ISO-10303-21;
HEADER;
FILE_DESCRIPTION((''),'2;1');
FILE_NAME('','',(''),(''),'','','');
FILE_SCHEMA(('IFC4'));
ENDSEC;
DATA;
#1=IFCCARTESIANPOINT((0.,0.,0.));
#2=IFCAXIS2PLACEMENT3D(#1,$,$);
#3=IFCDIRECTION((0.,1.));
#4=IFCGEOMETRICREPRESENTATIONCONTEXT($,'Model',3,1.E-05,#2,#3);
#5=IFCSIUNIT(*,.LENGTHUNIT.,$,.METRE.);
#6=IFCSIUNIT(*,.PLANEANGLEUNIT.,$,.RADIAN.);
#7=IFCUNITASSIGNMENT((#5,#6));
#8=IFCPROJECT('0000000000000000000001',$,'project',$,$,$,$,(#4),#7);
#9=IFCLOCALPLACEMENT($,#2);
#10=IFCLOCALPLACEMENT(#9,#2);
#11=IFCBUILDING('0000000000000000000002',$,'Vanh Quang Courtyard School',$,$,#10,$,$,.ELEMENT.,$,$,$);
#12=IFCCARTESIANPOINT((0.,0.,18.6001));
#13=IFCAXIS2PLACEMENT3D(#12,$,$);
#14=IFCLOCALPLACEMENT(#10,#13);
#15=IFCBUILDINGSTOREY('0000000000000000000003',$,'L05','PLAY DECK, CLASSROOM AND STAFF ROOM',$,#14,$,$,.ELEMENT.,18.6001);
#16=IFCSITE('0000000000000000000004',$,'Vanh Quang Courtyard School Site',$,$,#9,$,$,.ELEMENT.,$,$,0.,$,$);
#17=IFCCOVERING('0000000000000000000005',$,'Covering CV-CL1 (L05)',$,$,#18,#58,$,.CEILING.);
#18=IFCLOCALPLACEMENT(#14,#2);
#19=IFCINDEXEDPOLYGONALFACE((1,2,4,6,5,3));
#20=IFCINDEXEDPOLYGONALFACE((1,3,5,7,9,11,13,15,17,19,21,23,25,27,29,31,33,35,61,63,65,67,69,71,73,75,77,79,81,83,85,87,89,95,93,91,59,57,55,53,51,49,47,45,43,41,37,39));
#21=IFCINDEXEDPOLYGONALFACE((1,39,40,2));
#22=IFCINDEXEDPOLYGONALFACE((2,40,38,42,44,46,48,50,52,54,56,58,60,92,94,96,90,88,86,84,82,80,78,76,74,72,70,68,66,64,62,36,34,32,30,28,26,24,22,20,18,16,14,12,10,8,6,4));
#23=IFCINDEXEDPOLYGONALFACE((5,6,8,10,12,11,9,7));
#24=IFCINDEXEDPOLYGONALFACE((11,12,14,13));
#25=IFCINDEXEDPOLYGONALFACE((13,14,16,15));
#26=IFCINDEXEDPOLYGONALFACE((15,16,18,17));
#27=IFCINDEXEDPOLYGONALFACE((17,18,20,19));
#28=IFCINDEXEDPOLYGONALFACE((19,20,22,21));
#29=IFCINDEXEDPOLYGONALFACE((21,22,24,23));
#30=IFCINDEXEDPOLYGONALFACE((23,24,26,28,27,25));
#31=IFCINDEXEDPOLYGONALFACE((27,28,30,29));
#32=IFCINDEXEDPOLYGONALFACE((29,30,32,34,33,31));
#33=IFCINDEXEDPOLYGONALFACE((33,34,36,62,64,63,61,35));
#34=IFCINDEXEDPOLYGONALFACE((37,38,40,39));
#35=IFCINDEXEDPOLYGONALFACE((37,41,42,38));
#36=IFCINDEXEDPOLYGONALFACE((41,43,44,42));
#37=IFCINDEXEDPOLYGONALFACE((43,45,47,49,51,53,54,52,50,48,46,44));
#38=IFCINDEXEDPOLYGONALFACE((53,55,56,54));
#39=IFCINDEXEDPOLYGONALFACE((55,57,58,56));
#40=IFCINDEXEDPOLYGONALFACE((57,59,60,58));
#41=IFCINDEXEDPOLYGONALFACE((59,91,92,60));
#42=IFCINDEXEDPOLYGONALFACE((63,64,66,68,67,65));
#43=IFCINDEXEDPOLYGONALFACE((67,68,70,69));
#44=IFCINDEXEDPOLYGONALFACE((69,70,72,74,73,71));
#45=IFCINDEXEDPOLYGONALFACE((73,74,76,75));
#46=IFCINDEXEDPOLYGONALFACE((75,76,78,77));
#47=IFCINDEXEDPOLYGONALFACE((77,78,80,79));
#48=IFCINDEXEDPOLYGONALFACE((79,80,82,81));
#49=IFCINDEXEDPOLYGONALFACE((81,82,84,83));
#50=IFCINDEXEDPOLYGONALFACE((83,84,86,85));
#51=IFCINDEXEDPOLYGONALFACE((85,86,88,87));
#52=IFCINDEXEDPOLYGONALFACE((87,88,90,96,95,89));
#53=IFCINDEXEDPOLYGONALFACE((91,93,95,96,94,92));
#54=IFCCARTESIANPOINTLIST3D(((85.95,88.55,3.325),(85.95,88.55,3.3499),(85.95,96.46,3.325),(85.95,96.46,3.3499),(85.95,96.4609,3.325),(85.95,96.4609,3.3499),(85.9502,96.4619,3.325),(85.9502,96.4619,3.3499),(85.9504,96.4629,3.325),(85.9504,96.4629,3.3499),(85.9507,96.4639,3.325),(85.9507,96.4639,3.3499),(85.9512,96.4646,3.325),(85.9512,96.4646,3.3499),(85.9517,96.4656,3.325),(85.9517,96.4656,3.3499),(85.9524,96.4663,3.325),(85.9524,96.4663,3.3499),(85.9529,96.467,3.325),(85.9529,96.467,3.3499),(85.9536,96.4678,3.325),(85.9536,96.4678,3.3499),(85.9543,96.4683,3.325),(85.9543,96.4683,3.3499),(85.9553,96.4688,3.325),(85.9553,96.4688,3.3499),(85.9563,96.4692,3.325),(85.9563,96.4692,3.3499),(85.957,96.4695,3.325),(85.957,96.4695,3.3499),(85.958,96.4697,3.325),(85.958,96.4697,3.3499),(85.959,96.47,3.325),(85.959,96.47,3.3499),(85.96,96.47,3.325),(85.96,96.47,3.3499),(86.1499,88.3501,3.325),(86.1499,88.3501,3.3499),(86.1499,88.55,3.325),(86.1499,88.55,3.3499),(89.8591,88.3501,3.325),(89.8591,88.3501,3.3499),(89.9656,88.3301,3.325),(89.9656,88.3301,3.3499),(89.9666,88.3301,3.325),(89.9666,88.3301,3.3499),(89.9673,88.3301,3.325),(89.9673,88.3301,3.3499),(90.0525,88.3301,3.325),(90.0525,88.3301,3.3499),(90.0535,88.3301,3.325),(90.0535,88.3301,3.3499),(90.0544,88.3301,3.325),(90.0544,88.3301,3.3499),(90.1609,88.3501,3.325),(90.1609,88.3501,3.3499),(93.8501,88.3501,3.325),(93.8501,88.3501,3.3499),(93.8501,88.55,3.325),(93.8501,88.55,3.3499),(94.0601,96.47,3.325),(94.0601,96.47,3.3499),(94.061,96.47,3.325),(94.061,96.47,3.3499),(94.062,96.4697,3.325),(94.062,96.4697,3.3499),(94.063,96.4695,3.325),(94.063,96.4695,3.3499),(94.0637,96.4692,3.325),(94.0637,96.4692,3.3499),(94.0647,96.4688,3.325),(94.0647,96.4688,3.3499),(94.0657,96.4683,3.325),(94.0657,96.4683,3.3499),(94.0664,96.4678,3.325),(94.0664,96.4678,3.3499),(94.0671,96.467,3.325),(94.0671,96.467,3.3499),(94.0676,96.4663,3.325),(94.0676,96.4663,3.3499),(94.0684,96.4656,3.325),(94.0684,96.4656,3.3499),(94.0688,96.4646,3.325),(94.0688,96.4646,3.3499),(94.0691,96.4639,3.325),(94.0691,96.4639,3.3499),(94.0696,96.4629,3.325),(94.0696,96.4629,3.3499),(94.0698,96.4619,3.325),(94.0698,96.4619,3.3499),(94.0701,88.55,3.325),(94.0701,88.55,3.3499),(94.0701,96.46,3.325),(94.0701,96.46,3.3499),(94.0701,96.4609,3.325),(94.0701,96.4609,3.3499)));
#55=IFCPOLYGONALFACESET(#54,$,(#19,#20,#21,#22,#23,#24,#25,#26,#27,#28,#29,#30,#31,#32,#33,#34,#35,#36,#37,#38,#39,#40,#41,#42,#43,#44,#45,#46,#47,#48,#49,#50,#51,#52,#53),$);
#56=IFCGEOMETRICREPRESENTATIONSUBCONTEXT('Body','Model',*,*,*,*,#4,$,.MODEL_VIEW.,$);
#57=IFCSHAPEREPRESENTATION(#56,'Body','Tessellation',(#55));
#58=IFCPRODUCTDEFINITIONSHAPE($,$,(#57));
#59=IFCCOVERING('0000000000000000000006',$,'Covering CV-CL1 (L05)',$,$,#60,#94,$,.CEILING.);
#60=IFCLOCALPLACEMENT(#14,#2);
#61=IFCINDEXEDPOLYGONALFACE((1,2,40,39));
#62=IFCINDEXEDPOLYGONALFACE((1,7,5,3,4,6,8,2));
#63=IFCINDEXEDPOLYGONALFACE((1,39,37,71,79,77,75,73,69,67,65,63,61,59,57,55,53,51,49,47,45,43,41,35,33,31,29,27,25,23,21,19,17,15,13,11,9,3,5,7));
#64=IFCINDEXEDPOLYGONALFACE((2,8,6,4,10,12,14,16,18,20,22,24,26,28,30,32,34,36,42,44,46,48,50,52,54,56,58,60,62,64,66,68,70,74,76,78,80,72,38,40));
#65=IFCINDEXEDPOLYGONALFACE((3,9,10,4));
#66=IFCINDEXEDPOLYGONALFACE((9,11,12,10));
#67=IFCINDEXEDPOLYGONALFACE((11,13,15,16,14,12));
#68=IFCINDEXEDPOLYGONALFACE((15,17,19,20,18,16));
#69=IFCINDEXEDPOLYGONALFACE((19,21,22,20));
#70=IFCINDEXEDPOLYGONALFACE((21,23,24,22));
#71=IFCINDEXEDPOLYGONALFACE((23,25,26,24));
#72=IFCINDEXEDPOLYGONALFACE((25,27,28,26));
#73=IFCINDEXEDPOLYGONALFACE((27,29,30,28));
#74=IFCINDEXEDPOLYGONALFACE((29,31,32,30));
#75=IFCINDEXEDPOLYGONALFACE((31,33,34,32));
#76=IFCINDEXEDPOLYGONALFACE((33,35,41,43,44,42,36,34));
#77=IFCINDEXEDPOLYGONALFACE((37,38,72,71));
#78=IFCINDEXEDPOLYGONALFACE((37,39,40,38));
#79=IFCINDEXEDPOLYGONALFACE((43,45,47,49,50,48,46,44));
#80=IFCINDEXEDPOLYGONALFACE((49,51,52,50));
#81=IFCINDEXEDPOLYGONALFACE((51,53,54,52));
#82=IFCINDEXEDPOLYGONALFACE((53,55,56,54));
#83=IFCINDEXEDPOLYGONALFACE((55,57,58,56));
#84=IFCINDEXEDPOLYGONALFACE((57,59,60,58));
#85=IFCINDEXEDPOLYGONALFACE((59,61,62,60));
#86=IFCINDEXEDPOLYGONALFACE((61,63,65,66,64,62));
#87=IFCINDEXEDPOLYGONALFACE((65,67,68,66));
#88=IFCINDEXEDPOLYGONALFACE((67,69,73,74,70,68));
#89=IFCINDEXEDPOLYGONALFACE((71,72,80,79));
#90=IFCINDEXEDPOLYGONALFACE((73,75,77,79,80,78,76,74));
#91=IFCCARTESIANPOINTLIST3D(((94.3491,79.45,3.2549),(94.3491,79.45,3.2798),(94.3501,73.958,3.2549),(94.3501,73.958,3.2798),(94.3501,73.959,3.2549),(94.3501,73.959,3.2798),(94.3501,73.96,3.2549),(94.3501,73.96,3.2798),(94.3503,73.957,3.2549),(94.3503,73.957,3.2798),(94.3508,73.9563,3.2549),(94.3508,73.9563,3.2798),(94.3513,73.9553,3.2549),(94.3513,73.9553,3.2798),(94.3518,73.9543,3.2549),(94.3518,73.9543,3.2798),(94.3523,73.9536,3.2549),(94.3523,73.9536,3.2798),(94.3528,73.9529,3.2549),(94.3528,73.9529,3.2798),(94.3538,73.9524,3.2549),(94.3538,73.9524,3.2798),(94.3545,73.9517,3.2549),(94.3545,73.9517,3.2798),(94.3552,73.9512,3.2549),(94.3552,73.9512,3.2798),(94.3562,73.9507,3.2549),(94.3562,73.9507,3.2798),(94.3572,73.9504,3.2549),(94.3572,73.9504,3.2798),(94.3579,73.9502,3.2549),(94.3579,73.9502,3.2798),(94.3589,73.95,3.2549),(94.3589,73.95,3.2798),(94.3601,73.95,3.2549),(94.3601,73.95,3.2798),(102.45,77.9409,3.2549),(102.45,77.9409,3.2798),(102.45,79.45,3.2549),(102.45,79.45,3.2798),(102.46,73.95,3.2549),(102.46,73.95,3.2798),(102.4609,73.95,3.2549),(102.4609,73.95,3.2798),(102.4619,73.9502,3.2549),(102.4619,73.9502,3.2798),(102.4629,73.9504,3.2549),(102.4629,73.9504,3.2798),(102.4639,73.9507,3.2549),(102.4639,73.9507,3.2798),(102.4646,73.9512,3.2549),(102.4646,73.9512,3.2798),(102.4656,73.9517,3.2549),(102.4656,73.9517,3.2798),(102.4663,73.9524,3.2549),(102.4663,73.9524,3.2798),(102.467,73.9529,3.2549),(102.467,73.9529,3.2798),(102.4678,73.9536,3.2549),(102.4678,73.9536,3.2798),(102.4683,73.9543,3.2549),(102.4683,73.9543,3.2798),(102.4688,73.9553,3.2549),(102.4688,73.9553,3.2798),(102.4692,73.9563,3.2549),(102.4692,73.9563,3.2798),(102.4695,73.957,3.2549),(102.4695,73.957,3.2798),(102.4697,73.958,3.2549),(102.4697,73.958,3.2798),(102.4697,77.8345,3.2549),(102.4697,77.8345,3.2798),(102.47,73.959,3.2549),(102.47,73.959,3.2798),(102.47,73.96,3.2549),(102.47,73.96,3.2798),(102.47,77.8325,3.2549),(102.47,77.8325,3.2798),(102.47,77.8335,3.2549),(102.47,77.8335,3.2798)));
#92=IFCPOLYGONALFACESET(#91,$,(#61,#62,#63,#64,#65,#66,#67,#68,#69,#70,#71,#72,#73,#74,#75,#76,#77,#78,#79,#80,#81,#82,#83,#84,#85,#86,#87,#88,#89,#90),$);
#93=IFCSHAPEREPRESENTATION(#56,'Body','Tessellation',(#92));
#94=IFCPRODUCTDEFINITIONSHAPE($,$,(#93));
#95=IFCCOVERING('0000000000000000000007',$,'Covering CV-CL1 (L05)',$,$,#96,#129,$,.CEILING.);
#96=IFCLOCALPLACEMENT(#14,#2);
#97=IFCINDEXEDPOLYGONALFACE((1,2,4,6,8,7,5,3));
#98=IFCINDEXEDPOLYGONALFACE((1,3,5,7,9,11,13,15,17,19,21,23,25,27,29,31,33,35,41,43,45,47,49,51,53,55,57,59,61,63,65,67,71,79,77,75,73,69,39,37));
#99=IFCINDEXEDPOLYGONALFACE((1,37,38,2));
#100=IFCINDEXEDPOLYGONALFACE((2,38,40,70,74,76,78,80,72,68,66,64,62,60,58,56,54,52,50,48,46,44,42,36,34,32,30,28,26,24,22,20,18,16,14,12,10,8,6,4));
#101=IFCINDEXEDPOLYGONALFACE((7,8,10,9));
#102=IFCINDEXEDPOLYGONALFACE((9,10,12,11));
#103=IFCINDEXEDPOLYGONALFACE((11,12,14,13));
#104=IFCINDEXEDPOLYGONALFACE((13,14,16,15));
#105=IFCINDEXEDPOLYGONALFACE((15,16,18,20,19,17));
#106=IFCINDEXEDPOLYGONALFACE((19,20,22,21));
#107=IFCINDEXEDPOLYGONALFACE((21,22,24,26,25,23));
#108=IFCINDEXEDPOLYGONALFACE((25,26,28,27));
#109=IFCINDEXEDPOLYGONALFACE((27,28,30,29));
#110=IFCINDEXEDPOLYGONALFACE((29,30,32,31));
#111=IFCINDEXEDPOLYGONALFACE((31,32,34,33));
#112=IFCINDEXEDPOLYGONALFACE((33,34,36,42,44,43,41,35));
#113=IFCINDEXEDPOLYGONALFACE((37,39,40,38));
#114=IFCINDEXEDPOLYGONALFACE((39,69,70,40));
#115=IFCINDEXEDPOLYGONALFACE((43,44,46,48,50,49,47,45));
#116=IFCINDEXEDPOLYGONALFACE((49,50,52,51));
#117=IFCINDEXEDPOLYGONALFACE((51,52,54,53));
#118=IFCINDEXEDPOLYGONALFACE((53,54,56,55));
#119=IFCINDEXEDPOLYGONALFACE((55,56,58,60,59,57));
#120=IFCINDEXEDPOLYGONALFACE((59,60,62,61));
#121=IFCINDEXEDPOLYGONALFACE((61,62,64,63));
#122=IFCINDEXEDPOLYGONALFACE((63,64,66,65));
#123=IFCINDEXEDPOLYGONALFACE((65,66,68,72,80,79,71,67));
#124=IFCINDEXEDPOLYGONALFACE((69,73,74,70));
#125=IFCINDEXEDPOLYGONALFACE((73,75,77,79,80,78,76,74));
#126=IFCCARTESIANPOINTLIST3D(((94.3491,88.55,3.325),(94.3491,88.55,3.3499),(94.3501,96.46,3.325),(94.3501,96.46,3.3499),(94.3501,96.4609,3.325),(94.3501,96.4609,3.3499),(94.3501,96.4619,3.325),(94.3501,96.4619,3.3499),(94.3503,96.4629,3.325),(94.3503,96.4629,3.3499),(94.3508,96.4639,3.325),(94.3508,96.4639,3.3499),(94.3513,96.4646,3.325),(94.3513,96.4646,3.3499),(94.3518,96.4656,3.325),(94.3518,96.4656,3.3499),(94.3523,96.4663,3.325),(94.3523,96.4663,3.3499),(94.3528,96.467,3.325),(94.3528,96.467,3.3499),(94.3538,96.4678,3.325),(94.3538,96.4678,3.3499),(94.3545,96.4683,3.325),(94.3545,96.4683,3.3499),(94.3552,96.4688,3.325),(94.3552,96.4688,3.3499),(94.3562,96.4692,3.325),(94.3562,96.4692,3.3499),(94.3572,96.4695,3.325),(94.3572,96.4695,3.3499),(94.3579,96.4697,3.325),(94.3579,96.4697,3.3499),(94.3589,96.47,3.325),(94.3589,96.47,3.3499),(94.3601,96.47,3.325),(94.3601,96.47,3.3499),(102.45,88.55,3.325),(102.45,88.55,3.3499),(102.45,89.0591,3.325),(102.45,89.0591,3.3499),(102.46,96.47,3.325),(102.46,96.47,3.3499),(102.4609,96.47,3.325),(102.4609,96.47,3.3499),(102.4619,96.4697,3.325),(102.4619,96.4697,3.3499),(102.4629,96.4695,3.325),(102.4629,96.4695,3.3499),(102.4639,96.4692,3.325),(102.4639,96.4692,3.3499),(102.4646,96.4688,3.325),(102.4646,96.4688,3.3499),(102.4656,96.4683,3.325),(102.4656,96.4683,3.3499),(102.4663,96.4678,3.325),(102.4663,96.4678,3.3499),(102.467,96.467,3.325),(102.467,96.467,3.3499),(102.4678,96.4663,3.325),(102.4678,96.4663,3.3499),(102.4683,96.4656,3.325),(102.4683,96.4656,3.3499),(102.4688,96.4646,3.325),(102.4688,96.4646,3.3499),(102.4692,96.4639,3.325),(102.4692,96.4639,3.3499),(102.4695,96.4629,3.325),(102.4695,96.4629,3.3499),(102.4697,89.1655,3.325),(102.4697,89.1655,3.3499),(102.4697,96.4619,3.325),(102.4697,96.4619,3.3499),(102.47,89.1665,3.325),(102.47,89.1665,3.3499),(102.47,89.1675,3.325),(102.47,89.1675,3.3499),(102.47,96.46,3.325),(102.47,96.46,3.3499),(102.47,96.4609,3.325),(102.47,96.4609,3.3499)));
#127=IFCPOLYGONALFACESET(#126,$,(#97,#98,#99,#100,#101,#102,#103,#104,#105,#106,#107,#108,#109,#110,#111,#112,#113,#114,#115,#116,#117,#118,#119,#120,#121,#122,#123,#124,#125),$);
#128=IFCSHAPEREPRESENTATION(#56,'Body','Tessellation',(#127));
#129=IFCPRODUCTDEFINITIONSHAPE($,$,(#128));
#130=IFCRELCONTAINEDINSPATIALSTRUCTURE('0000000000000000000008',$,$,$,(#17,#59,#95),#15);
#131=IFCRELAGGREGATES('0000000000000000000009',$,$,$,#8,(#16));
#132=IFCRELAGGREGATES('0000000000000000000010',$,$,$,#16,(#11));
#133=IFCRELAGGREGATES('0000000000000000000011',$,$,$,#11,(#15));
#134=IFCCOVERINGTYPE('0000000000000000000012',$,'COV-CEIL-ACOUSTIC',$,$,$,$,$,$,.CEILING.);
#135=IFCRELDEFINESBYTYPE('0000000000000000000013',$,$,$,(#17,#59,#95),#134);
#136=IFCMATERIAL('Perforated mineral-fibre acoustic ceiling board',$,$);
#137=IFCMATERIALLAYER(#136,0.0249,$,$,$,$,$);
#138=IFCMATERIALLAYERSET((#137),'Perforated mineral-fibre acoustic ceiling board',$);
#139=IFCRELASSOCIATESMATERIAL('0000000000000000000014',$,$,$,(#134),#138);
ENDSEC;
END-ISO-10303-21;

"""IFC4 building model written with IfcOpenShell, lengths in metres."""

from ifc_helpers import new_model, si_unit, direction, frame, origin, place, context, subcontext, project, spatial, polyline, outline, extrude, material, layer, layer_set, type_object, element, save


model = new_model("IFC4")

# Units and contexts
model_context = context("Model", 3, precision=1e-05, world=origin(), true_north=direction((0.0, 1.0)))
body_context = subcontext(model_context, "Body", "Model", "MODEL_VIEW")
ifc_project = project(units=[si_unit("LENGTHUNIT", "METRE"), si_unit("PLANEANGLEUNIT", "RADIAN")], contexts=[model_context])

# Site, building, storey
site_placement = place(None, origin())
site = spatial("IfcSite", under=ifc_project, at=site_placement, Name="Vanh Quang Courtyard School Site", CompositionType="ELEMENT", RefElevation=0.0)
building_placement = place(site_placement, origin())
building = spatial("IfcBuilding", under=site, at=building_placement, Name="Vanh Quang Courtyard School", CompositionType="ELEMENT")
storey_placement = place(building_placement, frame((0.0, 0.0, 18.6001)))
storey = spatial("IfcBuildingStorey", under=building, at=storey_placement, Name="L05", Description="PLAY DECK, CLASSROOM AND STAFF ROOM", CompositionType="ELEMENT", Elevation=18.6001)

# Coverings
ifc_material_1 = material(Name="Perforated mineral-fibre acoustic ceiling board")
ifc_layer_1 = layer(ifc_material_1, 0.0249)
ifc_layer_set_1 = layer_set([ifc_layer_1], Name="Perforated mineral-fibre acoustic ceiling board")
covering_type_1 = type_object("IfcCoveringType", Name="COV-CEIL-ACOUSTIC", PredefinedType="CEILING", material=ifc_layer_set_1)
covering_1_placement = place(storey_placement, frame((0.0, 0.0, 3.325)))
element("IfcCovering", 1, at=covering_1_placement, inside=storey, type_object=covering_type_1, Name="Covering CV-CL1 (L05)", PredefinedType="CEILING", context=body_context, shape_type="SweptSolid", body=[
    extrude(outline(polyline([(86.1499, 88.3501), (86.1499, 88.55), (85.95, 88.55), (85.95, 96.46), (85.95, 96.4609), (85.9502, 96.4619), (85.9504, 96.4629), (85.9507, 96.4639), (85.9512, 96.4646), (85.9517, 96.4656), (85.9524, 96.4663), (85.9529, 96.467), (85.9536, 96.4678), (85.9543, 96.4683), (85.9553, 96.4688), (85.9563, 96.4692), (85.957, 96.4695), (85.958, 96.4697), (85.959, 96.47), (85.96, 96.47), (94.0601, 96.47), (94.061, 96.47), (94.062, 96.4697), (94.063, 96.4695), (94.0637, 96.4692), (94.0647, 96.4688), (94.0657, 96.4683), (94.0664, 96.4678), (94.0671, 96.467), (94.0676, 96.4663), (94.0684, 96.4656), (94.0688, 96.4646), (94.0691, 96.4639), (94.0696, 96.4629), (94.0698, 96.4619), (94.0701, 96.4609), (94.0701, 96.46), (94.0701, 88.55), (93.8501, 88.55), (93.8501, 88.3501), (90.1609, 88.3501), (90.0544, 88.3301), (90.0535, 88.3301), (90.0525, 88.3301), (89.9673, 88.3301), (89.9666, 88.3301), (89.9656, 88.3301), (89.8591, 88.3501), (86.1499, 88.3501)])), origin(), (0.0, 0.0, 1.0), 0.0249),
])
covering_2_placement = place(storey_placement, frame((0.0, 0.0, 3.2549)))
element("IfcCovering", 2, at=covering_2_placement, inside=storey, type_object=covering_type_1, Name="Covering CV-CL1 (L05)", PredefinedType="CEILING", context=body_context, shape_type="SweptSolid", body=[
    extrude(outline(polyline([(94.3491, 79.45), (102.45, 79.45), (102.45, 77.9409), (102.4697, 77.8345), (102.47, 77.8335), (102.47, 77.8325), (102.47, 73.96), (102.47, 73.959), (102.4697, 73.958), (102.4695, 73.957), (102.4692, 73.9563), (102.4688, 73.9553), (102.4683, 73.9543), (102.4678, 73.9536), (102.467, 73.9529), (102.4663, 73.9524), (102.4656, 73.9517), (102.4646, 73.9512), (102.4639, 73.9507), (102.4629, 73.9504), (102.4619, 73.9502), (102.4609, 73.95), (102.46, 73.95), (94.3601, 73.95), (94.3589, 73.95), (94.3579, 73.9502), (94.3572, 73.9504), (94.3562, 73.9507), (94.3552, 73.9512), (94.3545, 73.9517), (94.3538, 73.9524), (94.3528, 73.9529), (94.3523, 73.9536), (94.3518, 73.9543), (94.3513, 73.9553), (94.3508, 73.9563), (94.3503, 73.957), (94.3501, 73.958), (94.3501, 73.959), (94.3501, 73.96), (94.3491, 79.45)])), origin(), (0.0, 0.0, 1.0), 0.0249),
])
covering_3_placement = place(storey_placement, frame((0.0, 0.0, 3.325)))
element("IfcCovering", 3, at=covering_3_placement, inside=storey, type_object=covering_type_1, Name="Covering CV-CL1 (L05)", PredefinedType="CEILING", context=body_context, shape_type="SweptSolid", body=[
    extrude(outline(polyline([(94.3501, 96.46), (94.3501, 96.4609), (94.3501, 96.4619), (94.3503, 96.4629), (94.3508, 96.4639), (94.3513, 96.4646), (94.3518, 96.4656), (94.3523, 96.4663), (94.3528, 96.467), (94.3538, 96.4678), (94.3545, 96.4683), (94.3552, 96.4688), (94.3562, 96.4692), (94.3572, 96.4695), (94.3579, 96.4697), (94.3589, 96.47), (94.3601, 96.47), (102.46, 96.47), (102.4609, 96.47), (102.4619, 96.4697), (102.4629, 96.4695), (102.4639, 96.4692), (102.4646, 96.4688), (102.4656, 96.4683), (102.4663, 96.4678), (102.467, 96.467), (102.4678, 96.4663), (102.4683, 96.4656), (102.4688, 96.4646), (102.4692, 96.4639), (102.4695, 96.4629), (102.4697, 96.4619), (102.47, 96.4609), (102.47, 96.46), (102.47, 89.1675), (102.47, 89.1665), (102.4697, 89.1655), (102.45, 89.0591), (102.45, 88.55), (94.3491, 88.55), (94.3501, 96.46)])), origin(), (0.0, 0.0, 1.0), 0.0249),
])

save(model, "model.ifc")
